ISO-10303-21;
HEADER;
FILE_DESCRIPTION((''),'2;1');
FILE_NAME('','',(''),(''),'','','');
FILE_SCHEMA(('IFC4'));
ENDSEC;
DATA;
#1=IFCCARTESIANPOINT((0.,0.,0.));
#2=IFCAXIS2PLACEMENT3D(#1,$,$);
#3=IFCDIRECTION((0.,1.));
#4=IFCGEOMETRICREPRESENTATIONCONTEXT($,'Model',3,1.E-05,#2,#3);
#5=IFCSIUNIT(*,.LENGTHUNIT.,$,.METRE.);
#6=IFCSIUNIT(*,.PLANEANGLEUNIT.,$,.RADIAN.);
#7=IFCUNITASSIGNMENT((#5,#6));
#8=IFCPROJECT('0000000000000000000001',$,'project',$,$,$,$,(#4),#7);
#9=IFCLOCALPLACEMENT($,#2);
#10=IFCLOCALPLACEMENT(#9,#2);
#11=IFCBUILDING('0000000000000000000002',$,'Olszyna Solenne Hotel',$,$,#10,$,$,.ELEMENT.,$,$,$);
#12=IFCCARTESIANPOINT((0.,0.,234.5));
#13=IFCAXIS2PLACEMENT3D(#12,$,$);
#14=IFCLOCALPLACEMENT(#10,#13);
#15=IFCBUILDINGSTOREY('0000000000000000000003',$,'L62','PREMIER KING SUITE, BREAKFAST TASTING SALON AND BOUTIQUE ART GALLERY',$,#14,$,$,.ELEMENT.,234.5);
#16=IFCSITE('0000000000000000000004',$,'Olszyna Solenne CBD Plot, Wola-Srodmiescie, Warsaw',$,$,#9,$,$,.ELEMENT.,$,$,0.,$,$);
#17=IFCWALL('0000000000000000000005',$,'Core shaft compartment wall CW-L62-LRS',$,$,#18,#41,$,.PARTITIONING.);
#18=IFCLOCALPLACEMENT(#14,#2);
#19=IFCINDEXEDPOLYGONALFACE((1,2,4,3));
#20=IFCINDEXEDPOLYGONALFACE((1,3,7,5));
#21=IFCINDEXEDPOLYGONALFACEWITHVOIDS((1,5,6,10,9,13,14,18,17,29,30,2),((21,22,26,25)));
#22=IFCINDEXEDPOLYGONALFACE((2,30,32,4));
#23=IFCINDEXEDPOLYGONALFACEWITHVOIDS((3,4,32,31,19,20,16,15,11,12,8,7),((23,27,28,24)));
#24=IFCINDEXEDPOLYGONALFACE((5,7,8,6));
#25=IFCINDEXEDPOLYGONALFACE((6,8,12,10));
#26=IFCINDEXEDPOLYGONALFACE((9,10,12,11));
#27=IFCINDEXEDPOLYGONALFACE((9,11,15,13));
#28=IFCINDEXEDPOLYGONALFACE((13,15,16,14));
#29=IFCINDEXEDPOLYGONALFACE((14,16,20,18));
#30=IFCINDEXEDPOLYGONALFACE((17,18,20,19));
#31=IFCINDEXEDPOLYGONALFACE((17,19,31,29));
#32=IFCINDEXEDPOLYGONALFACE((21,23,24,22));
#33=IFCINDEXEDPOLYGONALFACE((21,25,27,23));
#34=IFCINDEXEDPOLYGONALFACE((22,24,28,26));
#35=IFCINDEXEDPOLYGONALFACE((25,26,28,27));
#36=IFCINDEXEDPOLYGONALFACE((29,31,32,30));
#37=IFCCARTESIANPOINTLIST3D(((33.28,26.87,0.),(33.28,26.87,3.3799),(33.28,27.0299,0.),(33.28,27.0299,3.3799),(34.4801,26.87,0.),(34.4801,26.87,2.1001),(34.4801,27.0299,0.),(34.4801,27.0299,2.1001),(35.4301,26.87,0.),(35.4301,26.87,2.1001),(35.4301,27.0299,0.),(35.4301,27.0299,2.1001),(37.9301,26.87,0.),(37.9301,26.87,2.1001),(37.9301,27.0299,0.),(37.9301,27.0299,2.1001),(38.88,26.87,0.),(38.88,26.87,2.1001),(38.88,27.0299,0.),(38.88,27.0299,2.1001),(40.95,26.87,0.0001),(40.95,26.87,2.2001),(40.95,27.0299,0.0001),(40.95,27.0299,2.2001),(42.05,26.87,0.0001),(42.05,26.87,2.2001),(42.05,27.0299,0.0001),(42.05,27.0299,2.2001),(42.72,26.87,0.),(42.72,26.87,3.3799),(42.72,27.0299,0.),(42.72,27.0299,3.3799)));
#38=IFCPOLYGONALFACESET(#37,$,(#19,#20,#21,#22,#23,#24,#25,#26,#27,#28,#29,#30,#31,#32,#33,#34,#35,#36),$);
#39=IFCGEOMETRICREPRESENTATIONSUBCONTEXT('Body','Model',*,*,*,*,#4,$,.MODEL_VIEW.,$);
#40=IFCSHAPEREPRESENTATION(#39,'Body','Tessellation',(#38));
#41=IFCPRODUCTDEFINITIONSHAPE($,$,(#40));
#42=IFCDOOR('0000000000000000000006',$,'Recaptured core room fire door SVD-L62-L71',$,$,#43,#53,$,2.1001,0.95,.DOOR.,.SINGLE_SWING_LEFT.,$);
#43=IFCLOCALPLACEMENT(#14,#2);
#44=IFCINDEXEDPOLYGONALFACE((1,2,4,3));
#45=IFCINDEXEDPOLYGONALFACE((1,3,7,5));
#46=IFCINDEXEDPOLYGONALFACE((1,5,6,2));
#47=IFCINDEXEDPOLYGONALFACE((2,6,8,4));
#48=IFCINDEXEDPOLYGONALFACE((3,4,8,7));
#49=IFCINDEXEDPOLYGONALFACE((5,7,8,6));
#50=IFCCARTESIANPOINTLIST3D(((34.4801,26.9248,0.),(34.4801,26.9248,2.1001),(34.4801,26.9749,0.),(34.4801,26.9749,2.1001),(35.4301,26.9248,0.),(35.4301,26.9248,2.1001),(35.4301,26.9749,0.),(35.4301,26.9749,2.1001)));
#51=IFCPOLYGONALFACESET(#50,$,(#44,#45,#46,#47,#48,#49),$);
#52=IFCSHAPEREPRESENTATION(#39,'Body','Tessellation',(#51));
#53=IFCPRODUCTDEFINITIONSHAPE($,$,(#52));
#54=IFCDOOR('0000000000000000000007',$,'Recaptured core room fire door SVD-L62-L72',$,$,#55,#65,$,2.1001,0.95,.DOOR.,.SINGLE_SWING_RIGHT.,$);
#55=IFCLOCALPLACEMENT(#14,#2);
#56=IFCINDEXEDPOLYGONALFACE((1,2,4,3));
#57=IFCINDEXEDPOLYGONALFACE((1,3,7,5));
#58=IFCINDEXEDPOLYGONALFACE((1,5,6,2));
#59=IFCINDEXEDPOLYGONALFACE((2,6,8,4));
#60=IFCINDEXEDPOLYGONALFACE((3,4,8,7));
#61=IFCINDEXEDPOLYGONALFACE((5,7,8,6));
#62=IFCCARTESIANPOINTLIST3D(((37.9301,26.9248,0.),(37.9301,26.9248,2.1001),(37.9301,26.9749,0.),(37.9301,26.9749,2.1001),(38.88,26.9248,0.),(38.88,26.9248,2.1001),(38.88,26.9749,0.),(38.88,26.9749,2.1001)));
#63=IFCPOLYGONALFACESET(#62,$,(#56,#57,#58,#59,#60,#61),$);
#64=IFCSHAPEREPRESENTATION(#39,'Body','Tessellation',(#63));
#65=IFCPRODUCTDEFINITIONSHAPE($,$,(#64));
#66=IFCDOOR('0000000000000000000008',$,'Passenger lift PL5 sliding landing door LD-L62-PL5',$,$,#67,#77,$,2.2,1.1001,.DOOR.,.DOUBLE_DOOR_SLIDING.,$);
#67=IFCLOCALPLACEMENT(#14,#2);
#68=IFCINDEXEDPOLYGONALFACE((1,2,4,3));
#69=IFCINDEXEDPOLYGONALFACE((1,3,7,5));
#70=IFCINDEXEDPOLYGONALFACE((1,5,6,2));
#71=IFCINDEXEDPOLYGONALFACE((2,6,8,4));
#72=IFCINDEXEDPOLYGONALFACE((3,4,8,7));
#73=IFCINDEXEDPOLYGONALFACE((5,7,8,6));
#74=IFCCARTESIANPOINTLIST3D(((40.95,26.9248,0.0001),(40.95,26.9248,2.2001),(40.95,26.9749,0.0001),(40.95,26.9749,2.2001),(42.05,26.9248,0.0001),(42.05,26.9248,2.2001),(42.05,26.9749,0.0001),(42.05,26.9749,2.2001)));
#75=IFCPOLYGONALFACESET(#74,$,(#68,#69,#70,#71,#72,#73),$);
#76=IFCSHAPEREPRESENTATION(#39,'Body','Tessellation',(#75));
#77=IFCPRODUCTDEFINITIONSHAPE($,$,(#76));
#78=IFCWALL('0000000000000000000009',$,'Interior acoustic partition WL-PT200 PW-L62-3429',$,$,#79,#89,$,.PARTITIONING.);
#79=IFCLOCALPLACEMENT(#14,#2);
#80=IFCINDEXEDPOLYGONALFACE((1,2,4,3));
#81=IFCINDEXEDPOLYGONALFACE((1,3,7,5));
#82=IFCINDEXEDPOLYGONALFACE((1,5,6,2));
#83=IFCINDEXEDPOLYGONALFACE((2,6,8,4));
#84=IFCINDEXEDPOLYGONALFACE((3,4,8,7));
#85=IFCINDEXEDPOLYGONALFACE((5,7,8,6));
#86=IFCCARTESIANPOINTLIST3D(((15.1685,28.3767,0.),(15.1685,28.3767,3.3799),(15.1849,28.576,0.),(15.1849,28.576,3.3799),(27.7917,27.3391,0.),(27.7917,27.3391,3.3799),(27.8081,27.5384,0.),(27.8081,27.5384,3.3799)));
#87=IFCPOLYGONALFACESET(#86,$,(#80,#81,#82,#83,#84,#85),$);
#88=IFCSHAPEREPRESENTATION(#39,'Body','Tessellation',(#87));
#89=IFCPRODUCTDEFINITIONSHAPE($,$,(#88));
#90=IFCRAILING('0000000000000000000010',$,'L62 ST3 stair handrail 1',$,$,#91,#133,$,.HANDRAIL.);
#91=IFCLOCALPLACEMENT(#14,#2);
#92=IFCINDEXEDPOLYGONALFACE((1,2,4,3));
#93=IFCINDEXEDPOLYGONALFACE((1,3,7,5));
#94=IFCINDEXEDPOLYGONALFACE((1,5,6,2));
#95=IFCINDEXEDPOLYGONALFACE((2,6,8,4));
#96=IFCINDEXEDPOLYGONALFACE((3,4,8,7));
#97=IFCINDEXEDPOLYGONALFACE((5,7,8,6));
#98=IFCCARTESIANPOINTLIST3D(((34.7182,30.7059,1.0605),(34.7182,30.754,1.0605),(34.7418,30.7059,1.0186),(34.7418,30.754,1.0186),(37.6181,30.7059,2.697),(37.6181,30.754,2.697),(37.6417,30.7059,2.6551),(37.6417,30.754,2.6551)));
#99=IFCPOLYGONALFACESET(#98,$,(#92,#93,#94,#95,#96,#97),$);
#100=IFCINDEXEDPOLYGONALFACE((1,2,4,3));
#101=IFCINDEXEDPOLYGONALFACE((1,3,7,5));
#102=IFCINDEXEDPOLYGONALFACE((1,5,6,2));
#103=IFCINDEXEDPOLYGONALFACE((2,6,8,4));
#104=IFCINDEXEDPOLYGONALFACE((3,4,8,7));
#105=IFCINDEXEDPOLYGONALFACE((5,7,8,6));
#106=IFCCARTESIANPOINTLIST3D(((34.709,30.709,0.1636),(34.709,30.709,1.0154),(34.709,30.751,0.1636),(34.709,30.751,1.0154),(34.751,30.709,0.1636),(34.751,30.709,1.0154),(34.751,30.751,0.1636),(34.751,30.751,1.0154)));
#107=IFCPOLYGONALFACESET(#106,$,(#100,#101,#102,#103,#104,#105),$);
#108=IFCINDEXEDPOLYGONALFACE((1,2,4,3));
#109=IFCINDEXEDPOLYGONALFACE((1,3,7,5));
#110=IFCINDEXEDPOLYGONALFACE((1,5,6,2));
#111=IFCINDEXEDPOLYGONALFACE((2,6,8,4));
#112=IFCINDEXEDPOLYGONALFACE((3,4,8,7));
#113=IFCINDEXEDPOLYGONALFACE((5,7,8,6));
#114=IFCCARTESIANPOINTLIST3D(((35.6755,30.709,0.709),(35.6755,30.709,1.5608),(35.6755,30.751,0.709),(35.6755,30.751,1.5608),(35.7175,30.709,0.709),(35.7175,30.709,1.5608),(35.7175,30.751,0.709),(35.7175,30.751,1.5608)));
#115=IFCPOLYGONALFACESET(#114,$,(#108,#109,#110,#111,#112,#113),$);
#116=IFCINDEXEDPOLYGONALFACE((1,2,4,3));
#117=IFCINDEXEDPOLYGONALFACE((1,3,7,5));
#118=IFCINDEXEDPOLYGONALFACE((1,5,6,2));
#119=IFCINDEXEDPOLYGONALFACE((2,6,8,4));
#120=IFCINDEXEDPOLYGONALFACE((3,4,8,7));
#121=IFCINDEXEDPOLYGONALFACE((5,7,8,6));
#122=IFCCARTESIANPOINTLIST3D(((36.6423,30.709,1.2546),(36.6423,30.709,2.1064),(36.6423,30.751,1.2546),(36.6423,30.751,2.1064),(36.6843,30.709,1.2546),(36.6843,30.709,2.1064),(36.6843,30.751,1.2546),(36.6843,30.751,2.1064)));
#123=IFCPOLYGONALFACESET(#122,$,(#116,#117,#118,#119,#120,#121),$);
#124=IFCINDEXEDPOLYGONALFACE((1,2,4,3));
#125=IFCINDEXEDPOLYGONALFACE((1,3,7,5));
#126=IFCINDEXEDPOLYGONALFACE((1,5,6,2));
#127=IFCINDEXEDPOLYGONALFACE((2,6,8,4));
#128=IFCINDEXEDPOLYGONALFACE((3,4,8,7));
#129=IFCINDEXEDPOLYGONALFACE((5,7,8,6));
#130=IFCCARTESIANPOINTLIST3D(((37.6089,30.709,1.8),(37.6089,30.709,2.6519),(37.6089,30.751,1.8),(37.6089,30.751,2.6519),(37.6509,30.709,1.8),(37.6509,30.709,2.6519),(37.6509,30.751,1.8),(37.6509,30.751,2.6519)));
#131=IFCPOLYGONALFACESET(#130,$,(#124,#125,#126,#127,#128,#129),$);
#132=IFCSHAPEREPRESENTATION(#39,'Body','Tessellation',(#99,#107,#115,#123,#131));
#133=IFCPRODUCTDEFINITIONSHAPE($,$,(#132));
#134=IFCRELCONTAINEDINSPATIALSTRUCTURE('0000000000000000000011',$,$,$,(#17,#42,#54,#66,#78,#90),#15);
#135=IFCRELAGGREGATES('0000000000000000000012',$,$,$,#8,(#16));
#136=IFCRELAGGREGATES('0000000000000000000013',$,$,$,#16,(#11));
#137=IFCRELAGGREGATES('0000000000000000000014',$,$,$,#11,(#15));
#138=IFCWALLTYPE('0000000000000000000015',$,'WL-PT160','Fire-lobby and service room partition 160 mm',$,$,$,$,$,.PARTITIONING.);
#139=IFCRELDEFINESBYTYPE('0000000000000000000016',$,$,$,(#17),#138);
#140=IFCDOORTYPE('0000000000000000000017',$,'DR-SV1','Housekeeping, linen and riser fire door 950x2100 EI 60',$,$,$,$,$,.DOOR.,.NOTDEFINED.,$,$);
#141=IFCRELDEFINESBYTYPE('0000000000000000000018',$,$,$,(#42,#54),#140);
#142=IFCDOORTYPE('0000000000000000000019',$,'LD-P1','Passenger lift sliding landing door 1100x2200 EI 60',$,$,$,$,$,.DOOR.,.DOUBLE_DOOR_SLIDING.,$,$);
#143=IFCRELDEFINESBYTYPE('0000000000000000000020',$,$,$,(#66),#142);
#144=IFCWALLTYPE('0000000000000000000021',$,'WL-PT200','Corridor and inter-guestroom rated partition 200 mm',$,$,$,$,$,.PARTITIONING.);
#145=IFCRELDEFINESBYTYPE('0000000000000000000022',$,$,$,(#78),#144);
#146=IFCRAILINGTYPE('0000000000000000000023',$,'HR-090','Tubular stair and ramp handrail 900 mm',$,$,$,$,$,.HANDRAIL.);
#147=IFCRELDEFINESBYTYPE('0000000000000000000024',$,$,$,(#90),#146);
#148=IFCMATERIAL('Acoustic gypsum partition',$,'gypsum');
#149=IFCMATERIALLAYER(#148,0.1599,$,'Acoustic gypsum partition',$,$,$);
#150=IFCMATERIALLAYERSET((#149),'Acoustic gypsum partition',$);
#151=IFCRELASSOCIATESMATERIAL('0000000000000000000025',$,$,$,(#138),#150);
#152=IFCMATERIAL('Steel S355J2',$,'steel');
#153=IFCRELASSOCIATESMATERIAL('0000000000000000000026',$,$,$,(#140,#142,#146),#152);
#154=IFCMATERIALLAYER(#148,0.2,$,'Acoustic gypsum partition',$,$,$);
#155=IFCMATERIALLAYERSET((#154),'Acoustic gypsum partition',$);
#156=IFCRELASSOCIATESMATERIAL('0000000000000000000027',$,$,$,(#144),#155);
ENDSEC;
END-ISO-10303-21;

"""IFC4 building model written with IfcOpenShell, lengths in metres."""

from ifc_helpers import new_model, si_unit, direction, frame, frame_2d, origin, origin_2d, place, context, subcontext, project, spatial, rectangle, extrude, source, transform, mapped, material, layer, layer_set, type_object, type_shapes, element, fill, save


model = new_model("IFC4")

# Units and contexts
model_context = context("Model", 3, precision=1e-05, world=origin(), true_north=direction((0.0, 1.0)))
body_context = subcontext(model_context, "Body", "Model", "MODEL_VIEW")
ifc_project = project(units=[si_unit("LENGTHUNIT", "METRE"), si_unit("PLANEANGLEUNIT", "RADIAN")], contexts=[model_context])

# Site, building, storey
site_placement = place(None, origin())
site = spatial("IfcSite", under=ifc_project, at=site_placement, Name="Olszyna Solenne CBD Plot, Wola-Srodmiescie, Warsaw", CompositionType="ELEMENT", RefElevation=0.0)
building_placement = place(site_placement, origin())
building = spatial("IfcBuilding", under=site, at=building_placement, Name="Olszyna Solenne Hotel", CompositionType="ELEMENT")
storey_placement = place(building_placement, frame((0.0, 0.0, 234.5)))
storey = spatial("IfcBuildingStorey", under=building, at=storey_placement, Name="L62", Description="PREMIER KING SUITE, BREAKFAST TASTING SALON AND BOUTIQUE ART GALLERY", CompositionType="ELEMENT", Elevation=234.5)

# Shared definitions
ifc_material_1 = material(Name="Steel S355J2", Category="steel")

# Shared definitions
ifc_material_2 = material(Name="Acoustic gypsum partition", Category="gypsum")
ifc_layer_1 = layer(ifc_material_2, 0.1599, Name="Acoustic gypsum partition")
ifc_layer_set_1 = layer_set([ifc_layer_1], Name="Acoustic gypsum partition")
wall_type_1 = type_object("IfcWallType", Name="WL-PT160", Description="Fire-lobby and service room partition 160 mm", PredefinedType="PARTITIONING", material=ifc_layer_set_1)

# Wall, openings, doors
wall_1_placement = place(storey_placement, frame((33.28, 26.95, 0.0), z_axis=(0.0, 0.0, 1.0), x_axis=(1.0, 0.0, 0.0)))
wall_1 = element("IfcWall", 1, at=wall_1_placement, inside=storey, type_object=wall_type_1, Name="Core shaft compartment wall CW-L62-LRS", PredefinedType="PARTITIONING", context=body_context, shape_type="SweptSolid", body=[
    extrude(rectangle(XDim=9.4399, YDim=0.1599, at=frame_2d((4.72, 0.0))), origin(), (0.0, 0.0, 1.0), 3.3799),
])
opening_1_placement = place(wall_1_placement, frame((1.2, 0.0, 0.0)))
opening_1 = element("IfcOpeningElement", 2, at=opening_1_placement, cuts=wall_1, PredefinedType="OPENING", context=body_context, shape_type="SweptSolid", body=[
    extrude(rectangle(XDim=0.95, YDim=2.1001, at=frame_2d((0.4751, 1.05))), frame((0.0, 0.0898, 0.0), z_axis=(0.0, -1.0, 0.0), x_axis=(1.0, 0.0, 0.0)), (0.0, 0.0, 1.0), 0.1799),
])
opening_2_placement = place(wall_1_placement, frame((4.6499, 0.0, 0.0)))
opening_2 = element("IfcOpeningElement", 3, at=opening_2_placement, cuts=wall_1, PredefinedType="OPENING", context=body_context, shape_type="SweptSolid", body=[
    extrude(rectangle(XDim=0.95, YDim=2.1001, at=frame_2d((0.4751, 1.05))), frame((0.0, 0.0898, 0.0), z_axis=(0.0, -1.0, 0.0), x_axis=(1.0, 0.0, 0.0)), (0.0, 0.0, 1.0), 0.1799),
])
opening_3_placement = place(wall_1_placement, frame((7.6699, 0.0, 0.0)))
opening_3 = element("IfcOpeningElement", 4, at=opening_3_placement, cuts=wall_1, PredefinedType="OPENING", context=body_context, shape_type="SweptSolid", body=[
    extrude(rectangle(XDim=1.1001, YDim=2.2, at=frame_2d((0.55, 1.1001))), frame((0.0, 0.0898, 0.0), z_axis=(0.0, -1.0, 0.0), x_axis=(1.0, 0.0, 0.0)), (0.0, 0.0, 1.0), 0.1799),
])
door_type_1 = type_object("IfcDoorType", Name="DR-SV1", Description="Housekeeping, linen and riser fire door 950x2100 EI 60", OperationType="NOTDEFINED", PredefinedType="DOOR", material=ifc_material_1)
shared_shape_1 = source(origin(), body_context, "Body", "SweptSolid", [
    extrude(rectangle(XDim=0.95, YDim=2.1001, at=frame_2d((0.4751, 1.05))), frame((0.0, 0.0249, 0.0), z_axis=(0.0, -1.0, 0.0), x_axis=(1.0, 0.0, 0.0)), (0.0, 0.0, 1.0), 0.05),
])
type_shapes(door_type_1, [shared_shape_1])
door_1_placement = place(opening_1_placement, origin())
door_1 = element("IfcDoor", 5, at=door_1_placement, inside=storey, type_object=door_type_1, Name="Recaptured core room fire door SVD-L62-L71", OperationType="SINGLE_SWING_LEFT", OverallHeight=2.1001, OverallWidth=0.95, PredefinedType="DOOR", context=body_context, shape_type="MappedRepresentation", body=[
    mapped(shared_shape_1, transform((0.0, 0.0, 0.0), x_axis=(1.0, 0.0, 0.0), y_axis=(0.0, 1.0, 0.0), z_axis=(0.0, 0.0, 1.0), scale=1.0)),
])
fill(opening_1, door_1)
door_2_placement = place(opening_2_placement, origin())
door_2 = element("IfcDoor", 6, at=door_2_placement, inside=storey, type_object=door_type_1, Name="Recaptured core room fire door SVD-L62-L72", OperationType="SINGLE_SWING_RIGHT", OverallHeight=2.1001, OverallWidth=0.95, PredefinedType="DOOR", context=body_context, shape_type="MappedRepresentation", body=[
    mapped(shared_shape_1, transform((0.0, 0.0, 0.0), x_axis=(1.0, 0.0, 0.0), y_axis=(0.0, 1.0, 0.0), z_axis=(0.0, 0.0, 1.0), scale=1.0)),
])
fill(opening_2, door_2)
door_type_2 = type_object("IfcDoorType", Name="LD-P1", Description="Passenger lift sliding landing door 1100x2200 EI 60", OperationType="DOUBLE_DOOR_SLIDING", PredefinedType="DOOR", material=ifc_material_1)
shared_shape_2 = source(origin(), body_context, "Body", "SweptSolid", [
    extrude(rectangle(XDim=1.1001, YDim=2.2, at=frame_2d((0.55, 1.1001))), frame((0.0, 0.0249, 0.0), z_axis=(0.0, -1.0, 0.0), x_axis=(1.0, 0.0, 0.0)), (0.0, 0.0, 1.0), 0.05),
])
type_shapes(door_type_2, [shared_shape_2])
door_3_placement = place(opening_3_placement, origin())
door_3 = element("IfcDoor", 7, at=door_3_placement, inside=storey, type_object=door_type_2, Name="Passenger lift PL5 sliding landing door LD-L62-PL5", OperationType="DOUBLE_DOOR_SLIDING", OverallHeight=2.2, OverallWidth=1.1001, PredefinedType="DOOR", context=body_context, shape_type="MappedRepresentation", body=[
    mapped(shared_shape_2, transform((0.0, 0.0, 0.0), x_axis=(1.0, 0.0, 0.0), y_axis=(0.0, 1.0, 0.0), z_axis=(0.0, 0.0, 1.0), scale=1.0)),
])
fill(opening_3, door_3)

# Wall
ifc_layer_2 = layer(ifc_material_2, 0.2, Name="Acoustic gypsum partition")
ifc_layer_set_2 = layer_set([ifc_layer_2], Name="Acoustic gypsum partition")
wall_type_2 = type_object("IfcWallType", Name="WL-PT200", Description="Corridor and inter-guestroom rated partition 200 mm", PredefinedType="PARTITIONING", material=ifc_layer_set_2)
wall_2_placement = place(storey_placement, frame((27.8, 27.4387, 0.0), z_axis=(0.0, 0.0, 1.0), x_axis=(-0.996639, 0.081921, 0.0)))
element("IfcWall", 8, at=wall_2_placement, inside=storey, type_object=wall_type_2, Name="Interior acoustic partition WL-PT200 PW-L62-3429", PredefinedType="PARTITIONING", context=body_context, shape_type="SweptSolid", body=[
    extrude(rectangle(XDim=12.6658, YDim=0.2, at=frame_2d((6.333, 0.0))), origin(), (0.0, 0.0, 1.0), 3.3799),
])

# Railing
railing_type = type_object("IfcRailingType", Name="HR-090", Description="Tubular stair and ramp handrail 900 mm", PredefinedType="HANDRAIL", material=ifc_material_1)
railing_placement = place(storey_placement, frame((34.73, 30.73, 0.1636)))
element("IfcRailing", 9, at=railing_placement, inside=storey, type_object=railing_type, Name="L62 ST3 stair handrail 1", PredefinedType="HANDRAIL", context=body_context, shape_type="SweptSolid", body=[
    extrude(rectangle(XDim=0.0481, YDim=0.0481, at=origin_2d()), frame((0.0, 0.0, 0.876), z_axis=(0.870897, 0.0, 0.491465), x_axis=(0.0, 1.0, 0.0)), (0.0, 0.0, 1.0), 3.3298),
    extrude(rectangle(XDim=0.042, YDim=0.042, at=origin_2d()), origin(), (0.0, 0.0, 1.0), 0.8518),
    extrude(rectangle(XDim=0.042, YDim=0.042, at=origin_2d()), frame((0.9666, 0.0, 0.5454)), (0.0, 0.0, 1.0), 0.8518),
    extrude(rectangle(XDim=0.042, YDim=0.042, at=origin_2d()), frame((1.9333, 0.0, 1.0911)), (0.0, 0.0, 1.0), 0.8518),
    extrude(rectangle(XDim=0.042, YDim=0.042, at=origin_2d()), frame((2.8999, 0.0, 1.6365)), (0.0, 0.0, 1.0), 0.8518),
])

save(model, "model.ifc")
